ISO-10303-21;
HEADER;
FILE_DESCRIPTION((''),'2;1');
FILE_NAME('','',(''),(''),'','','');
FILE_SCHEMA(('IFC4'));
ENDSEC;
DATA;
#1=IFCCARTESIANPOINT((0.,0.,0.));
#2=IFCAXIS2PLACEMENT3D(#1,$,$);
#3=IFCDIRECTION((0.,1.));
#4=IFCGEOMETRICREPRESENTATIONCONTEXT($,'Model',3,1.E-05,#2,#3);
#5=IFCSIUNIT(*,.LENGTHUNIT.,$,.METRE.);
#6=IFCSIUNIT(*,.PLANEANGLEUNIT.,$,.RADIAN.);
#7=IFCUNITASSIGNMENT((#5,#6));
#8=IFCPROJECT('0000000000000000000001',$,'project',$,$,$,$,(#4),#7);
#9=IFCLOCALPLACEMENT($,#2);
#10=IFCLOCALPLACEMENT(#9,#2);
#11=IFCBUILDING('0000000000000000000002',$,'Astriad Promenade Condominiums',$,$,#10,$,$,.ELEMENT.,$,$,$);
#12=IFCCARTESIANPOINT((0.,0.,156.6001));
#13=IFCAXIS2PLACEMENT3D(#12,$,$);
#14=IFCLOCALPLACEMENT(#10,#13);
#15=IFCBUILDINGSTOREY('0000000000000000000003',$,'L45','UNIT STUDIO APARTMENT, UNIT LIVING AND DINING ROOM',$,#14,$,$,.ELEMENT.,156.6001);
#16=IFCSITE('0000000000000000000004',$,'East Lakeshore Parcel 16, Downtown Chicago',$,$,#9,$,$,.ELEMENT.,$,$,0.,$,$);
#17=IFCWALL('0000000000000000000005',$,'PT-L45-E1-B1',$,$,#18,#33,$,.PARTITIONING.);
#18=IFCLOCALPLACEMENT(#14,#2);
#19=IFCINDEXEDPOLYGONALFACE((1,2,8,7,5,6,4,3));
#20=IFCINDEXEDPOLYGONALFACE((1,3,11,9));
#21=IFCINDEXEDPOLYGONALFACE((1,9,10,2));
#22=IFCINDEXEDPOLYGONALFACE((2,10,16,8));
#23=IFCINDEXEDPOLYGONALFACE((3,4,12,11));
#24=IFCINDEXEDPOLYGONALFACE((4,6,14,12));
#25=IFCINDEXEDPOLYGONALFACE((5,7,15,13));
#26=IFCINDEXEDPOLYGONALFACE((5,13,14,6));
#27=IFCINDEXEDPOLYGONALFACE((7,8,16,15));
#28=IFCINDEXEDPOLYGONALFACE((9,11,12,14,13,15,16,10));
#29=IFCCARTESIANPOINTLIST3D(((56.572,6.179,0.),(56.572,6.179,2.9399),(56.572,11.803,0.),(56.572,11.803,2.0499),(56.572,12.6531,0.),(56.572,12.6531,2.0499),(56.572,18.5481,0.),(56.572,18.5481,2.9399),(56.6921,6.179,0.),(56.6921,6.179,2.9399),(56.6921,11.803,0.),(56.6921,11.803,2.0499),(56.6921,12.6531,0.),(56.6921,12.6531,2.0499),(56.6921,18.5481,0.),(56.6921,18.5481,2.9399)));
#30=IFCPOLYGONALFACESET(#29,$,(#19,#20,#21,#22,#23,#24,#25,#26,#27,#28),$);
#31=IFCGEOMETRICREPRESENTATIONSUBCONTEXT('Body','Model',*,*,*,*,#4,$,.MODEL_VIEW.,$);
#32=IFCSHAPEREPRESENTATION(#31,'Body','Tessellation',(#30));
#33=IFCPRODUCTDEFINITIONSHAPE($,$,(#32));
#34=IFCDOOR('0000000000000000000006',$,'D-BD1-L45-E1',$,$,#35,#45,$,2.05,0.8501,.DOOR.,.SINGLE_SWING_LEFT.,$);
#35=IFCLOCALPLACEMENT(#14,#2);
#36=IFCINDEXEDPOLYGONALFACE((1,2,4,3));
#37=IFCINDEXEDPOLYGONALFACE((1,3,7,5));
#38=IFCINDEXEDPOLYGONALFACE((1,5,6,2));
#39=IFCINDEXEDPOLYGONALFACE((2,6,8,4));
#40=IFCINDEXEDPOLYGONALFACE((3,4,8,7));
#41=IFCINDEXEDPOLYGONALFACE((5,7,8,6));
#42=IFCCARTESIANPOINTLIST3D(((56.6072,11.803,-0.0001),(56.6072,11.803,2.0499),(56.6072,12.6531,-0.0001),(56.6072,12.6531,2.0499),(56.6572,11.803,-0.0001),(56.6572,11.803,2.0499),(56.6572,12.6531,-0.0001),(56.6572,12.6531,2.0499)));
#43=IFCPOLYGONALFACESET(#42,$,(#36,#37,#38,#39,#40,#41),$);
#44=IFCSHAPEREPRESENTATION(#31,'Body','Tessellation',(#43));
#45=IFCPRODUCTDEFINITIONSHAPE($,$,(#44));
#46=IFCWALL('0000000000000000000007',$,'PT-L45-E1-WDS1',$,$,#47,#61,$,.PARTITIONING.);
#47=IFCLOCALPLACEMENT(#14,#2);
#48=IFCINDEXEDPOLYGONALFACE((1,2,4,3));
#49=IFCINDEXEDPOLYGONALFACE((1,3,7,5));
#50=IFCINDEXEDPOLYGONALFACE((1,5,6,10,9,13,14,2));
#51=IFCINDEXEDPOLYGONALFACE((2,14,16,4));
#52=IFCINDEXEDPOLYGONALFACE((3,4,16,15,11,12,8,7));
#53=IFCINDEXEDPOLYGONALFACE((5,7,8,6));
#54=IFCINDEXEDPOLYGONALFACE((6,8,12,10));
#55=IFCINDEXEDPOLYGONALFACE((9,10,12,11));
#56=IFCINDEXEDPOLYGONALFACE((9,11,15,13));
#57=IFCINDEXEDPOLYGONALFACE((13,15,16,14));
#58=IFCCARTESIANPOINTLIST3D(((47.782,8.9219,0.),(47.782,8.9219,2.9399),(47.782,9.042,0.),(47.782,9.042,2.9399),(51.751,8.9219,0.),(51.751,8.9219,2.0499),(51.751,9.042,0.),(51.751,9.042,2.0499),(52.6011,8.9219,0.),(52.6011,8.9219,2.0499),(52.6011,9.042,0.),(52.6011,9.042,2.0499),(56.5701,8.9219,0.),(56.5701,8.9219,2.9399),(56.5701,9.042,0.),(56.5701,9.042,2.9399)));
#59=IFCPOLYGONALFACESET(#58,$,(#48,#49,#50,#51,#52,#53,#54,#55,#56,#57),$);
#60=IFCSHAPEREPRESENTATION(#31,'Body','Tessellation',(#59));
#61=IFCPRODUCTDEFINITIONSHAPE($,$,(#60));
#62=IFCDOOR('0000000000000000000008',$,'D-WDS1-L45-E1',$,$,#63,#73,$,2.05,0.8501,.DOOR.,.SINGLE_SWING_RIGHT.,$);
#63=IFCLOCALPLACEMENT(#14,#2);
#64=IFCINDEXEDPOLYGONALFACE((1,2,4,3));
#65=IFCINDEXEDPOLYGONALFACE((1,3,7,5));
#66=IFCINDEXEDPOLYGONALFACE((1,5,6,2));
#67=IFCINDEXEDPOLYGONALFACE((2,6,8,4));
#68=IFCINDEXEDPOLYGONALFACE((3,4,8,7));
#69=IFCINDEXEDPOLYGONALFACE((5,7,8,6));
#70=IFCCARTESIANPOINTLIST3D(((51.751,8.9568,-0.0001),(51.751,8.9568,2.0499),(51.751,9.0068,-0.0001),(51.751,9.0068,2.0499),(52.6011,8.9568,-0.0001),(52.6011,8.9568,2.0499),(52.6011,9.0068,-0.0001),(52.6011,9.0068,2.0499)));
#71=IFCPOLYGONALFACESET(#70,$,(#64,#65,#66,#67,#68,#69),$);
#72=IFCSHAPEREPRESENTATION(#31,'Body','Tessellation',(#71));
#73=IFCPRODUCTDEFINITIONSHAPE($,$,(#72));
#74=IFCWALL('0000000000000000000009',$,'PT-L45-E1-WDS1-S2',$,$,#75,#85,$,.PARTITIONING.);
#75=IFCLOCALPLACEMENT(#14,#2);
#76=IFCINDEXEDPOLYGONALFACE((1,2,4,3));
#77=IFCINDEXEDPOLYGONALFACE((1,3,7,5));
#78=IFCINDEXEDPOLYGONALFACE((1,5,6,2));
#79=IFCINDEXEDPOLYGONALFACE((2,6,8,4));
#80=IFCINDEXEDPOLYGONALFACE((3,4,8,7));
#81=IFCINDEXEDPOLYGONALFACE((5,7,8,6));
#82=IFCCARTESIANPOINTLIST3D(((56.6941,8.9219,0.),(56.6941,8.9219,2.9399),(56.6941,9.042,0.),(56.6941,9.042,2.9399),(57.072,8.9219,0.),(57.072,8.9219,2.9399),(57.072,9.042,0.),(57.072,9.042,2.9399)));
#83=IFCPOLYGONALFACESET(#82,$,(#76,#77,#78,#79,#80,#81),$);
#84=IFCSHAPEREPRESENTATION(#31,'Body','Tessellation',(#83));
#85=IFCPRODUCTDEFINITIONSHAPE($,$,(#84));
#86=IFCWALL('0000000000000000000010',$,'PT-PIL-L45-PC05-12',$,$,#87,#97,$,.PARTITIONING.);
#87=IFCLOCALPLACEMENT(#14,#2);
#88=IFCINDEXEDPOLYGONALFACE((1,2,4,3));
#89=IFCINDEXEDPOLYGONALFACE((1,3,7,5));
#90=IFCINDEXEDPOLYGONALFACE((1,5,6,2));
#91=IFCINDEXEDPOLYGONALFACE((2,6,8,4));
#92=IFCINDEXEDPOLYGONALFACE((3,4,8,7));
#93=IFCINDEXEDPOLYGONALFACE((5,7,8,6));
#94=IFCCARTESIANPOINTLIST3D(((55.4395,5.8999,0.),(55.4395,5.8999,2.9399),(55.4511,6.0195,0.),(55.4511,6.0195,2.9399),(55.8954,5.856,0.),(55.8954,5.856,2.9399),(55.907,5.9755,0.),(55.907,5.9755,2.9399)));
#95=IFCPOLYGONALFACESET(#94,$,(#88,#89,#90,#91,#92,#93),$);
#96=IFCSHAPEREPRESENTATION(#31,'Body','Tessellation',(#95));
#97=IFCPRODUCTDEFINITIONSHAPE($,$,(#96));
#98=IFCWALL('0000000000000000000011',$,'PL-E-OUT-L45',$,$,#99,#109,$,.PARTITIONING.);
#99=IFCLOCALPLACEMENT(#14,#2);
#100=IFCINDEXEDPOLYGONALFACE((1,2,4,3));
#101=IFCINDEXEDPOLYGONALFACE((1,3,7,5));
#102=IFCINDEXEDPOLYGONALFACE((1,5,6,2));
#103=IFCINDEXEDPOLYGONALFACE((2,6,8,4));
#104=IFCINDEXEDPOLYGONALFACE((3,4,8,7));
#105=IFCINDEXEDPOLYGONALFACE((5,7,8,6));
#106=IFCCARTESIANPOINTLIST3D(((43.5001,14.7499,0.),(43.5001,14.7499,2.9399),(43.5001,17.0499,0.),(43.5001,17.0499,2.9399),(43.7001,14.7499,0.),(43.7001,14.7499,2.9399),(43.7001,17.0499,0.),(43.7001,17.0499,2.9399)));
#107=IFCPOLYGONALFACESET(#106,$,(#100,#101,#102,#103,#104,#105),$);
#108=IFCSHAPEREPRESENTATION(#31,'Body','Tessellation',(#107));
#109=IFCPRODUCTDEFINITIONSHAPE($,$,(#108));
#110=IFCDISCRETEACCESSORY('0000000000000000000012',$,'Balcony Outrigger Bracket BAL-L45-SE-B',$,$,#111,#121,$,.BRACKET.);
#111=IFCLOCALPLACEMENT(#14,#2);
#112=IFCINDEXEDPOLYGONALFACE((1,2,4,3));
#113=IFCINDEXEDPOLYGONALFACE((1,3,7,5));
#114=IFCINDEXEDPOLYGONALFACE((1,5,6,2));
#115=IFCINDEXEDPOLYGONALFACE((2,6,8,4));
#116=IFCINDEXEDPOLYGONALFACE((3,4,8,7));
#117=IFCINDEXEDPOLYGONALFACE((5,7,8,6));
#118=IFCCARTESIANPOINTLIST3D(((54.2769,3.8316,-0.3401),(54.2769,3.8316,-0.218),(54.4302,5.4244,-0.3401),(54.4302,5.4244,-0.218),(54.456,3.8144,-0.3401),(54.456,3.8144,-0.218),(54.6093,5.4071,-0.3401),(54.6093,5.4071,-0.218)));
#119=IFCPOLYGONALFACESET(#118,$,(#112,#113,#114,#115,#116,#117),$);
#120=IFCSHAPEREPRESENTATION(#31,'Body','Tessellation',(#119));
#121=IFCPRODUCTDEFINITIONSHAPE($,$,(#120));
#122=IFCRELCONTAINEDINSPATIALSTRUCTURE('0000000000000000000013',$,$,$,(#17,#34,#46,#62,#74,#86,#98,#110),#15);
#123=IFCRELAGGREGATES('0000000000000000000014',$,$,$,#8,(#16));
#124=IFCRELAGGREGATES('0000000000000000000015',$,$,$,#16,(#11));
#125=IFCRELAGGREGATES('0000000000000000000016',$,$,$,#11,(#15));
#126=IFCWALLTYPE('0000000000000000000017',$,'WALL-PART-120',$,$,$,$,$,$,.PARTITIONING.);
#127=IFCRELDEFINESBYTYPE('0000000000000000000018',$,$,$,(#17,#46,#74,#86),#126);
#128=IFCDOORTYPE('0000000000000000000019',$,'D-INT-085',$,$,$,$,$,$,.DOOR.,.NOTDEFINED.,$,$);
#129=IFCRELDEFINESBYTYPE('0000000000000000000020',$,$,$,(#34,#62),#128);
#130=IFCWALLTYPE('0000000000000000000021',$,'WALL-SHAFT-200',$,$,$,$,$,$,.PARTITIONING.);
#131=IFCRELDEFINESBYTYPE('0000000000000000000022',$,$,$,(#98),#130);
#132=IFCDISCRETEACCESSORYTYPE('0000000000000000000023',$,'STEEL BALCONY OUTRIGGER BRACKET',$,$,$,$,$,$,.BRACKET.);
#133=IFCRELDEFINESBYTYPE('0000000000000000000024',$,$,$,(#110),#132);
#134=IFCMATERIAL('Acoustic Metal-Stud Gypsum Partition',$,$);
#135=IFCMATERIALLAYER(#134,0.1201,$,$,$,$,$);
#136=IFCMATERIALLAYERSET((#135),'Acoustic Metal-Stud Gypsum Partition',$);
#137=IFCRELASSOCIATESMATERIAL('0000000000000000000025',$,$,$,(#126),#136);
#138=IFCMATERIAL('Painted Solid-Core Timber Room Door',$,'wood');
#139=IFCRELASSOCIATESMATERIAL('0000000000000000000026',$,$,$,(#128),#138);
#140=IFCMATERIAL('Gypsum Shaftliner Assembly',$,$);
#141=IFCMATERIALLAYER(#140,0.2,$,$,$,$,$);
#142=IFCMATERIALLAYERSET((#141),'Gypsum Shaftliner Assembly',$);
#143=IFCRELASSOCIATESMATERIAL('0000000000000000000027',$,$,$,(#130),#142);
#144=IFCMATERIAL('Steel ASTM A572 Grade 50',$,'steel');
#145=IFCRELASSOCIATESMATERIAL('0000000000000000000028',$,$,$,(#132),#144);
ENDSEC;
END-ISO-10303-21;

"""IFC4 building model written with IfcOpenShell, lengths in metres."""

from ifc_helpers import new_model, si_unit, direction, frame, frame_2d, origin, origin_2d, place, context, subcontext, project, spatial, rectangle, extrude, source, transform, mapped, material, layer, layer_set, type_object, type_shapes, element, fill, save


model = new_model("IFC4")

# Units and contexts
model_context = context("Model", 3, precision=1e-05, world=origin(), true_north=direction((0.0, 1.0)))
body_context = subcontext(model_context, "Body", "Model", "MODEL_VIEW")
ifc_project = project(units=[si_unit("LENGTHUNIT", "METRE"), si_unit("PLANEANGLEUNIT", "RADIAN")], contexts=[model_context])

# Site, building, storey
site_placement = place(None, origin())
site = spatial("IfcSite", under=ifc_project, at=site_placement, Name="East Lakeshore Parcel 16, Downtown Chicago", CompositionType="ELEMENT", RefElevation=0.0)
building_placement = place(site_placement, origin())
building = spatial("IfcBuilding", under=site, at=building_placement, Name="Astriad Promenade Condominiums", CompositionType="ELEMENT")
storey_placement = place(building_placement, frame((0.0, 0.0, 156.6001)))
storey = spatial("IfcBuildingStorey", under=building, at=storey_placement, Name="L45", Description="UNIT STUDIO APARTMENT, UNIT LIVING AND DINING ROOM", CompositionType="ELEMENT", Elevation=156.6001)

# Shared definitions
ifc_material_1 = material(Name="Acoustic Metal-Stud Gypsum Partition")
ifc_layer_1 = layer(ifc_material_1, 0.1201)
ifc_layer_set_1 = layer_set([ifc_layer_1], Name="Acoustic Metal-Stud Gypsum Partition")
wall_type_1 = type_object("IfcWallType", Name="WALL-PART-120", PredefinedType="PARTITIONING", material=ifc_layer_set_1)
ifc_material_2 = material(Name="Painted Solid-Core Timber Room Door", Category="wood")
door_type_1 = type_object("IfcDoorType", Name="D-INT-085", OperationType="NOTDEFINED", PredefinedType="DOOR", material=ifc_material_2)
shared_shape_1 = source(origin(), body_context, "Body", "SweptSolid", [
    extrude(rectangle(XDim=0.8501, YDim=2.05, at=frame_2d((0.425, 1.0249))), frame((0.0, 0.0249, 0.0), z_axis=(0.0, -1.0, 0.0), x_axis=(1.0, 0.0, 0.0)), (0.0, 0.0, 1.0), 0.05),
])
type_shapes(door_type_1, [shared_shape_1])

# Walls, openings, doors
wall_1_placement = place(storey_placement, frame((56.6321, 6.179, 0.0), z_axis=(0.0, 0.0, 1.0), x_axis=(0.0, 1.0, 0.0)))
wall_1 = element("IfcWall", 1, at=wall_1_placement, inside=storey, type_object=wall_type_1, Name="PT-L45-E1-B1", PredefinedType="PARTITIONING", context=body_context, shape_type="SweptSolid", body=[
    extrude(rectangle(XDim=12.3691, YDim=0.1201, at=frame_2d((6.1846, 0.0))), origin(), (0.0, 0.0, 1.0), 2.9399),
])
opening_1_placement = place(wall_1_placement, frame((5.624, 0.0, 0.0)))
opening_1 = element("IfcOpeningElement", 2, at=opening_1_placement, cuts=wall_1, PredefinedType="OPENING", context=body_context, shape_type="SweptSolid", body=[
    extrude(rectangle(XDim=0.8501, YDim=2.05, at=frame_2d((0.425, 1.0249))), frame((0.0, 0.0701, 0.0), z_axis=(0.0, -1.0, 0.0), x_axis=(1.0, 0.0, 0.0)), (0.0, 0.0, 1.0), 0.1401),
])
door_1_placement = place(opening_1_placement, origin())
door_1 = element("IfcDoor", 3, at=door_1_placement, inside=storey, type_object=door_type_1, Name="D-BD1-L45-E1", OperationType="SINGLE_SWING_LEFT", OverallHeight=2.05, OverallWidth=0.8501, PredefinedType="DOOR", context=body_context, shape_type="MappedRepresentation", body=[
    mapped(shared_shape_1, transform((0.0, 0.0, 0.0), scale=1.0)),
])
fill(opening_1, door_1)
wall_2_placement = place(storey_placement, frame((47.782, 8.9819, 0.0), z_axis=(0.0, 0.0, 1.0), x_axis=(1.0, 0.0, 0.0)))
wall_2 = element("IfcWall", 4, at=wall_2_placement, inside=storey, type_object=wall_type_1, Name="PT-L45-E1-WDS1", PredefinedType="PARTITIONING", context=body_context, shape_type="SweptSolid", body=[
    extrude(rectangle(XDim=8.7881, YDim=0.1201, at=frame_2d((4.394, 0.0))), origin(), (0.0, 0.0, 1.0), 2.9399),
])
opening_2_placement = place(wall_2_placement, frame((3.969, 0.0, 0.0)))
opening_2 = element("IfcOpeningElement", 5, at=opening_2_placement, cuts=wall_2, PredefinedType="OPENING", context=body_context, shape_type="SweptSolid", body=[
    extrude(rectangle(XDim=0.8501, YDim=2.05, at=frame_2d((0.425, 1.0249))), frame((0.0, 0.0701, 0.0), z_axis=(0.0, -1.0, 0.0), x_axis=(1.0, 0.0, 0.0)), (0.0, 0.0, 1.0), 0.1401),
])
door_2_placement = place(opening_2_placement, origin())
door_2 = element("IfcDoor", 6, at=door_2_placement, inside=storey, type_object=door_type_1, Name="D-WDS1-L45-E1", OperationType="SINGLE_SWING_RIGHT", OverallHeight=2.05, OverallWidth=0.8501, PredefinedType="DOOR", context=body_context, shape_type="MappedRepresentation", body=[
    mapped(shared_shape_1, transform((0.0, 0.0, 0.0), scale=1.0)),
])
fill(opening_2, door_2)

# Walls
wall_3_placement = place(storey_placement, frame((56.6941, 8.9819, 0.0), z_axis=(0.0, 0.0, 1.0), x_axis=(1.0, 0.0, 0.0)))
element("IfcWall", 7, at=wall_3_placement, inside=storey, type_object=wall_type_1, Name="PT-L45-E1-WDS1-S2", PredefinedType="PARTITIONING", context=body_context, shape_type="SweptSolid", body=[
    extrude(rectangle(XDim=0.3779, YDim=0.1201, at=frame_2d((0.189, 0.0))), origin(), (0.0, 0.0, 1.0), 2.9399),
])
wall_4_placement = place(storey_placement, frame((55.4453, 5.9597, 0.0), z_axis=(0.0, 0.0, 1.0), x_axis=(0.995385, -0.095966, 0.0)))
element("IfcWall", 8, at=wall_4_placement, inside=storey, type_object=wall_type_1, Name="PT-PIL-L45-PC05-12", PredefinedType="PARTITIONING", context=body_context, shape_type="SweptSolid", body=[
    extrude(rectangle(XDim=0.458, YDim=0.1201, at=frame_2d((0.229, 0.0))), origin(), (0.0, 0.0, 1.0), 2.9399),
])
ifc_material_3 = material(Name="Gypsum Shaftliner Assembly")
ifc_layer_2 = layer(ifc_material_3, 0.2)
ifc_layer_set_2 = layer_set([ifc_layer_2], Name="Gypsum Shaftliner Assembly")
wall_type_2 = type_object("IfcWallType", Name="WALL-SHAFT-200", PredefinedType="PARTITIONING", material=ifc_layer_set_2)
wall_5_placement = place(storey_placement, frame((43.6001, 14.75, 0.0), z_axis=(0.0, 0.0, 1.0), x_axis=(0.0, 1.0, 0.0)))
element("IfcWall", 9, at=wall_5_placement, inside=storey, type_object=wall_type_2, Name="PL-E-OUT-L45", PredefinedType="PARTITIONING", context=body_context, shape_type="SweptSolid", body=[
    extrude(rectangle(XDim=2.3, YDim=0.2, at=frame_2d((1.1499, 0.0))), origin(), (0.0, 0.0, 1.0), 2.9399),
])

# Discrete accessory
ifc_material_4 = material(Name="Steel ASTM A572 Grade 50", Category="steel")
discrete_accessory_type = type_object("IfcDiscreteAccessoryType", Name="STEEL BALCONY OUTRIGGER BRACKET", PredefinedType="BRACKET", material=ifc_material_4)
shared_shape_2 = source(origin(), body_context, "Body", "SweptSolid", [
    extrude(rectangle(XDim=1.6001, YDim=0.1799, at=origin_2d()), origin(), (0.0, 0.0, 1.0), 0.1221),
])
type_shapes(discrete_accessory_type, [shared_shape_2])
discrete_accessory_placement = place(storey_placement, frame((54.4431, 4.6194, -0.3401), z_axis=(0.0, 0.0, 1.0), x_axis=(-0.095846, -0.995396, 0.0)))
element("IfcDiscreteAccessory", 10, at=discrete_accessory_placement, inside=storey, type_object=discrete_accessory_type, Name="Balcony Outrigger Bracket BAL-L45-SE-B", PredefinedType="BRACKET", context=body_context, shape_type="MappedRepresentation", body=[
    mapped(shared_shape_2, transform((0.0, 0.0, 0.0), scale=1.0)),
])

save(model, "model.ifc")
